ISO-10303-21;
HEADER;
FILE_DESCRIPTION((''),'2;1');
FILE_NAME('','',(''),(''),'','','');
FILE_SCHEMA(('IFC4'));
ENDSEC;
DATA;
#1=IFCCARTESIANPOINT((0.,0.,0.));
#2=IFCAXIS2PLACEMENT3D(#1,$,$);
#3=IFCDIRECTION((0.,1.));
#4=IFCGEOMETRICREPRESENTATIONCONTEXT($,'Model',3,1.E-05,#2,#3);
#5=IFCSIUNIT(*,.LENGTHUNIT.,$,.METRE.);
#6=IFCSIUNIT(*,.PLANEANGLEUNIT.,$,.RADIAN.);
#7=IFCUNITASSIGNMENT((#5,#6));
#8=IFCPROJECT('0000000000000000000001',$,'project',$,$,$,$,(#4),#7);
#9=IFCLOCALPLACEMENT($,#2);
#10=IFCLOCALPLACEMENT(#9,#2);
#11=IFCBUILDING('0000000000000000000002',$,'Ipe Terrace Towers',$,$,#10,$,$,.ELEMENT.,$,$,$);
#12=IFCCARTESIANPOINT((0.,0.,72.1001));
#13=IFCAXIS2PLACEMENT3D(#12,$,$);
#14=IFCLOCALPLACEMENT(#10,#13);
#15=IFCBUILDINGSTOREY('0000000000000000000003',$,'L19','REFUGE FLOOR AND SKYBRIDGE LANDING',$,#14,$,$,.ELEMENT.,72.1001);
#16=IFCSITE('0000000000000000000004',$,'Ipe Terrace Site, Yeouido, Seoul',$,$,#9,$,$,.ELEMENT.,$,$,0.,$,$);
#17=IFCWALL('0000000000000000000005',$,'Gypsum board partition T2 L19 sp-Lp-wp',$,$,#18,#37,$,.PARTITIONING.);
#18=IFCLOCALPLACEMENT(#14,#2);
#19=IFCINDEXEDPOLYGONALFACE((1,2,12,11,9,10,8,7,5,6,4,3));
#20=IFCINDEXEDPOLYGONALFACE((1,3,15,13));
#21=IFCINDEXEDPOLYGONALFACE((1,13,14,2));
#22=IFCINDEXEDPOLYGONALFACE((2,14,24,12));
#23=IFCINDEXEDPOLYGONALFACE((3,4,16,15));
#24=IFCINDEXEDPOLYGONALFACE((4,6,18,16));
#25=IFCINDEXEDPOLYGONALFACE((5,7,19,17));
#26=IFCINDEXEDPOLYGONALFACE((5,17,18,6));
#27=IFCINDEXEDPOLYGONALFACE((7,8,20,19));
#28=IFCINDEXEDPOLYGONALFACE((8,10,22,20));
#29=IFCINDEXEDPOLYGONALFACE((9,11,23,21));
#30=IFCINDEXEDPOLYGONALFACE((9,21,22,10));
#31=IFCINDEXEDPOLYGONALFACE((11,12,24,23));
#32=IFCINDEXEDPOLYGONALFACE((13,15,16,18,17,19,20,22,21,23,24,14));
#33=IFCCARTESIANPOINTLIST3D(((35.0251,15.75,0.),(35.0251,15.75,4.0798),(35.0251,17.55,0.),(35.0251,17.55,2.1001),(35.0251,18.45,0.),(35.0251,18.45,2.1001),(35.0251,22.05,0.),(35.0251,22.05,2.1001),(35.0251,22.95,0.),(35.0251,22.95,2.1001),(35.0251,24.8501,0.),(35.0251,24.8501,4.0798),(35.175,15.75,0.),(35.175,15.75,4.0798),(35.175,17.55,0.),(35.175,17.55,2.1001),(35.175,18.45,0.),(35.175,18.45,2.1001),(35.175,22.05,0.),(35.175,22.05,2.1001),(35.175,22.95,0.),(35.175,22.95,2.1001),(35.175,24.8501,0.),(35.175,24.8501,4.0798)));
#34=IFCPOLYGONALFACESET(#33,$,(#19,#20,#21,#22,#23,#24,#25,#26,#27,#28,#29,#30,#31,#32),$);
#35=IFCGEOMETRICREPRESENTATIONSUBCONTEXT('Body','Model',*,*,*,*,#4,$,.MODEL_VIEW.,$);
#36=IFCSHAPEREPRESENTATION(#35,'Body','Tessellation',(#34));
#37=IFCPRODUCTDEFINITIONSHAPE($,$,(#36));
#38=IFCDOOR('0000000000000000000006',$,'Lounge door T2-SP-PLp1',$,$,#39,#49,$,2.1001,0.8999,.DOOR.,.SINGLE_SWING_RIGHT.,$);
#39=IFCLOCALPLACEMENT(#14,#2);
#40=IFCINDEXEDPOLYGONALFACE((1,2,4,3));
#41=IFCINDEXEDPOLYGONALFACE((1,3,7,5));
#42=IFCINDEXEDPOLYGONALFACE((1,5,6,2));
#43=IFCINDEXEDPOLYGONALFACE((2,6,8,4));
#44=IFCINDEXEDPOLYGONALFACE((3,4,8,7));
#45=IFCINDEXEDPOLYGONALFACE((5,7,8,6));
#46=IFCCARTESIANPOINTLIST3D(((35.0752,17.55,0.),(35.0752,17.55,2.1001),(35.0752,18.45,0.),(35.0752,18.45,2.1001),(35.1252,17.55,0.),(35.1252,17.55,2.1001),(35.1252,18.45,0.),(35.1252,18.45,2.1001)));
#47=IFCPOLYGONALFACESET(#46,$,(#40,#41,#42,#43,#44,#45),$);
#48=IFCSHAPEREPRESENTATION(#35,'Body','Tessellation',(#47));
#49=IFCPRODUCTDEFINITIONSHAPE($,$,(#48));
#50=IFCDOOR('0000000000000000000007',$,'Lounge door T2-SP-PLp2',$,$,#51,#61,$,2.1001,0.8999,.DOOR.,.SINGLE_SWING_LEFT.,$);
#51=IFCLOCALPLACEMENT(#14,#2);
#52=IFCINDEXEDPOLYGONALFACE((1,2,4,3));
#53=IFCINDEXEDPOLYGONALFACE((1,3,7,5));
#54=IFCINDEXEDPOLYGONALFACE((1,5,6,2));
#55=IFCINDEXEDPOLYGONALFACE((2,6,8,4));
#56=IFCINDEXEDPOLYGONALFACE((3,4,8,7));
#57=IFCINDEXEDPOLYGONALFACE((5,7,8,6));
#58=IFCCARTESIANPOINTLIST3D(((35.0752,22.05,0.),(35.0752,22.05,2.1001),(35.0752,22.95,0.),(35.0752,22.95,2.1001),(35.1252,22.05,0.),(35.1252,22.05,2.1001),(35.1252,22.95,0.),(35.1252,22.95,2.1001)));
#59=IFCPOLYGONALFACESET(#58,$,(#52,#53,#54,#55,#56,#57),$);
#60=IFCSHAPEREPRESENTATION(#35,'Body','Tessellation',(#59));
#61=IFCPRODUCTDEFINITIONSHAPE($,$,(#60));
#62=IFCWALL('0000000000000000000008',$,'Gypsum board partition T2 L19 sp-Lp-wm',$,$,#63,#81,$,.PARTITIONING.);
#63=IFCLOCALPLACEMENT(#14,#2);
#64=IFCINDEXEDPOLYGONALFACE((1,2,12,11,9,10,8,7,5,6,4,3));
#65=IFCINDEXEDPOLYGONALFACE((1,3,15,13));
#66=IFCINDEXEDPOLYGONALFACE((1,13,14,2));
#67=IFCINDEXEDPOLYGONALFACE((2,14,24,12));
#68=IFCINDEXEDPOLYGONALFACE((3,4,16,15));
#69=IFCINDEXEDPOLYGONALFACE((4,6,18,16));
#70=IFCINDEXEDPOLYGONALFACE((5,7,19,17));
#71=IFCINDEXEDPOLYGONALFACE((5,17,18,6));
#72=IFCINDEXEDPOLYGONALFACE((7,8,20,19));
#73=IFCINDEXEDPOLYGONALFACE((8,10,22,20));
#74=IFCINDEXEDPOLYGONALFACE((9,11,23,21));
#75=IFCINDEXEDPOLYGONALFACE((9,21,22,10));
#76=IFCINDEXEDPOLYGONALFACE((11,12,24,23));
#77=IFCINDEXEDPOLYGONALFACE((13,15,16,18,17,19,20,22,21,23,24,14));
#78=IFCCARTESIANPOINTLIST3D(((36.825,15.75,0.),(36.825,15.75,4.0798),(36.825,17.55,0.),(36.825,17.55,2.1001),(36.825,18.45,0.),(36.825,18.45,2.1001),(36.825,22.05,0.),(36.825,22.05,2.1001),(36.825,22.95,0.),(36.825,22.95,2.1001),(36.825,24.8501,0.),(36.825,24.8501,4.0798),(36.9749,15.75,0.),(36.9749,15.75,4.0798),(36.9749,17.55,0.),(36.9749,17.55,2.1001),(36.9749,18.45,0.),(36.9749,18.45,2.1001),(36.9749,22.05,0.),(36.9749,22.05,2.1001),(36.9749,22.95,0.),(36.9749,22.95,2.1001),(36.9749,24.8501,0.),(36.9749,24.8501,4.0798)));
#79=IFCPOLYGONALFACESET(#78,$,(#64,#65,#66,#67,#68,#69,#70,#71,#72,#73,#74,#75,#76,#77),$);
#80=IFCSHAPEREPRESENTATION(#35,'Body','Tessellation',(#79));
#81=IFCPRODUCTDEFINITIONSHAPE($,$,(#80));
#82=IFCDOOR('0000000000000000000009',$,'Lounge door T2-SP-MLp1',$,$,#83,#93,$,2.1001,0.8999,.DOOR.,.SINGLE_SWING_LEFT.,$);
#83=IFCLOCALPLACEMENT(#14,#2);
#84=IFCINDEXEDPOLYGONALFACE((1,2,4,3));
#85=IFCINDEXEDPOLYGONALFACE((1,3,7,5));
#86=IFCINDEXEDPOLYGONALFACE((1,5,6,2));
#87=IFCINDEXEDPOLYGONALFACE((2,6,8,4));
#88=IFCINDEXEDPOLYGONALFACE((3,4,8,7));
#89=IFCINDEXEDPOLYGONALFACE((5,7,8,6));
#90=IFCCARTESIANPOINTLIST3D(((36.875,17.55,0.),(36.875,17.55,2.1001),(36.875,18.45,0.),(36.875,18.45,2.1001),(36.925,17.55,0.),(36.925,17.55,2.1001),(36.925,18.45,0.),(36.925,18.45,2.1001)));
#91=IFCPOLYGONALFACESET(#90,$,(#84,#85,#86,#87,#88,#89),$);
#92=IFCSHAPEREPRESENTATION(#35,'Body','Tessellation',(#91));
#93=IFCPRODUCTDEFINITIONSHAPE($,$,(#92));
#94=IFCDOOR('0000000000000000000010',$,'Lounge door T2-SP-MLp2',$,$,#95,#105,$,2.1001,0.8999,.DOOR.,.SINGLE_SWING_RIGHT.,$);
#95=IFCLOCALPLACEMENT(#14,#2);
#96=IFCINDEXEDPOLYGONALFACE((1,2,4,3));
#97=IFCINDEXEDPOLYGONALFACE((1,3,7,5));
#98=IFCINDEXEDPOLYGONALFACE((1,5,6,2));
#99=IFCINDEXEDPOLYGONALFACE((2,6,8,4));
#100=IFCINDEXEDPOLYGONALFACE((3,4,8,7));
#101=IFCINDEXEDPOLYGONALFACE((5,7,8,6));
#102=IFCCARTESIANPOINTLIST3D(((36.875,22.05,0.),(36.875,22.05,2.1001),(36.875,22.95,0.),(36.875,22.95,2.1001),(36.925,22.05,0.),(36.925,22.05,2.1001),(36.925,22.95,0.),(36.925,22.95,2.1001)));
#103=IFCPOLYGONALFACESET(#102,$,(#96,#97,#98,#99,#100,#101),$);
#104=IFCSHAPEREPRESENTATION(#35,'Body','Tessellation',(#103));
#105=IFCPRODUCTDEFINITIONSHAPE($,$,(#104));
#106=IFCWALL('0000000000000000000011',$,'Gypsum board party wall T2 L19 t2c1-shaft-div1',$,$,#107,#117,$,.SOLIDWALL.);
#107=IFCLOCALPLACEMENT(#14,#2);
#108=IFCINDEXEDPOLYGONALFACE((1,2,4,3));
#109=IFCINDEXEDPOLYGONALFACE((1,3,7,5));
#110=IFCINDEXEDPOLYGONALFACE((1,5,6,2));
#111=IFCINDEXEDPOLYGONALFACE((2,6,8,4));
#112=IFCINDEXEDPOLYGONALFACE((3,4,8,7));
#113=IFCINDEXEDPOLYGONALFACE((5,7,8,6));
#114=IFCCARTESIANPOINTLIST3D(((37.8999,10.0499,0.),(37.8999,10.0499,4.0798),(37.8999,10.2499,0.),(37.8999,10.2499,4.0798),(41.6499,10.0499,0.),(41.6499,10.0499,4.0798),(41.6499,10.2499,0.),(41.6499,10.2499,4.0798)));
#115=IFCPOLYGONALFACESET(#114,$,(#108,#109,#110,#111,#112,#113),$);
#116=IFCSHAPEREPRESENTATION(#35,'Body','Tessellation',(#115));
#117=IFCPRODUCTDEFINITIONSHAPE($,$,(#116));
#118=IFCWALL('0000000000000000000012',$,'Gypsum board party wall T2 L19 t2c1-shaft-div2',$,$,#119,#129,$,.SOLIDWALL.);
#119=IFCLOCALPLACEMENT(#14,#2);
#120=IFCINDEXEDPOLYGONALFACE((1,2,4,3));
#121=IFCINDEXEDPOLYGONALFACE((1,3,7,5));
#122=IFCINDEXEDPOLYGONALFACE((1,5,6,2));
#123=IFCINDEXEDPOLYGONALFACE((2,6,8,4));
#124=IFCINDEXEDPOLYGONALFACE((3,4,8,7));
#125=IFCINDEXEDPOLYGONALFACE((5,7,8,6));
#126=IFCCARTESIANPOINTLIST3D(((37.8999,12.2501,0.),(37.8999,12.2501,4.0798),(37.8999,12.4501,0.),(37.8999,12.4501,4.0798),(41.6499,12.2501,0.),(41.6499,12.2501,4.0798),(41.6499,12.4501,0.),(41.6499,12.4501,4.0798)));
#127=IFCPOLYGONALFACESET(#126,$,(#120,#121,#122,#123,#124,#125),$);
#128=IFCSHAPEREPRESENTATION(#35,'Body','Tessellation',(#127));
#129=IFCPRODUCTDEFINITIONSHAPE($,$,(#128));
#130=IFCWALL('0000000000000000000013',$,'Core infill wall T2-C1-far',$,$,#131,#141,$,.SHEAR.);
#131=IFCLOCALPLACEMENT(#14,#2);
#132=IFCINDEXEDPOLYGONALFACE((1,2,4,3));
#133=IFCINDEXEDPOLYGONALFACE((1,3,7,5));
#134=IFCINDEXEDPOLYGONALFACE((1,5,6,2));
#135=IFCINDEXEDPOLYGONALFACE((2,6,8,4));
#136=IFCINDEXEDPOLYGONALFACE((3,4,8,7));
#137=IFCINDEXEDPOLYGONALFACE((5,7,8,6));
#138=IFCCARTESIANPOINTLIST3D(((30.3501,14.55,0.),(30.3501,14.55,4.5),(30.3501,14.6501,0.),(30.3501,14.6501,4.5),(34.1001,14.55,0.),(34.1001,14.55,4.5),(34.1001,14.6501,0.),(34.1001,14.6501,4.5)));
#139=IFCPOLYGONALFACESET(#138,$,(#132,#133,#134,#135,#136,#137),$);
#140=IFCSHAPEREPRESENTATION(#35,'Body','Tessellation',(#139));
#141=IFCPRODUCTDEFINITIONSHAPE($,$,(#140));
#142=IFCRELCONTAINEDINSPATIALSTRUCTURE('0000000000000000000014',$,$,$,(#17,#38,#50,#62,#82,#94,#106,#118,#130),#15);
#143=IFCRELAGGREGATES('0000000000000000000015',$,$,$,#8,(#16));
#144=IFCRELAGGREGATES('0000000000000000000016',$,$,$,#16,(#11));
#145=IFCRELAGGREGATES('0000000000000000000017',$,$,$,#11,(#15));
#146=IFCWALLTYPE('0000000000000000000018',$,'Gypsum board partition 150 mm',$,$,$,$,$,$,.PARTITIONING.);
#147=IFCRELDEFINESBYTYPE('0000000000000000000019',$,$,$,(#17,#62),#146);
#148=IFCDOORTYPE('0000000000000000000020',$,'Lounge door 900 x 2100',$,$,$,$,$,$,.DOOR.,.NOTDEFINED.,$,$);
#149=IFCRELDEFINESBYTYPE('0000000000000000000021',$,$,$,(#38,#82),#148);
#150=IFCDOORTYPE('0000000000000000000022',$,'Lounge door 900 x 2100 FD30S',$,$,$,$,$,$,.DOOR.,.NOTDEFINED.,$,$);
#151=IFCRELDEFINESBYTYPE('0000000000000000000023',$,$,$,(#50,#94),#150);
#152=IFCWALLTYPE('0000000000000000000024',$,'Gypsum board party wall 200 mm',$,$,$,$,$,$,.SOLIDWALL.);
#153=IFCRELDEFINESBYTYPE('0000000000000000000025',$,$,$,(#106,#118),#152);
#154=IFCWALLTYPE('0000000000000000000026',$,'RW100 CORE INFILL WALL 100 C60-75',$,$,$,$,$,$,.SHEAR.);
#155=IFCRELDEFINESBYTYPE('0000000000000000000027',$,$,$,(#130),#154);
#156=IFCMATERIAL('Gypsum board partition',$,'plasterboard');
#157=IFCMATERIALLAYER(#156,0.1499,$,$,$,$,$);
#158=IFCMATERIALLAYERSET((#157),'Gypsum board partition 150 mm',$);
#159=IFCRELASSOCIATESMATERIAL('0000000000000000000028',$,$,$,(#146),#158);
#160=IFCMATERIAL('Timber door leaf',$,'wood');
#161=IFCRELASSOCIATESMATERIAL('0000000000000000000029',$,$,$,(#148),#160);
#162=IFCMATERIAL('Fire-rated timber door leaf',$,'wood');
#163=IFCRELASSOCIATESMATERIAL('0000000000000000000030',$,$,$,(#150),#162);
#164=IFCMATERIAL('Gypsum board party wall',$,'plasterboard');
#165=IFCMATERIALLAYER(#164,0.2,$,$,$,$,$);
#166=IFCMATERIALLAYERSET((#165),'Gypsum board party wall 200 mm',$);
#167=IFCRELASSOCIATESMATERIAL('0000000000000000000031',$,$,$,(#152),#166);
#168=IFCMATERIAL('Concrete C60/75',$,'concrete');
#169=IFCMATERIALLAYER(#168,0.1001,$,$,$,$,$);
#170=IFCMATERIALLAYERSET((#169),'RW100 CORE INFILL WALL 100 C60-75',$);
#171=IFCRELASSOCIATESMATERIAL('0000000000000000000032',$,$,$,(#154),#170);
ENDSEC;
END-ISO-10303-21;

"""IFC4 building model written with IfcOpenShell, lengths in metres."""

from ifc_helpers import new_model, si_unit, direction, frame, frame_2d, origin, place, context, subcontext, project, spatial, rectangle, extrude, material, layer, layer_set, type_object, element, fill, save


model = new_model("IFC4")

# Units and contexts
model_context = context("Model", 3, precision=1e-05, world=origin(), true_north=direction((0.0, 1.0)))
body_context = subcontext(model_context, "Body", "Model", "MODEL_VIEW")
ifc_project = project(units=[si_unit("LENGTHUNIT", "METRE"), si_unit("PLANEANGLEUNIT", "RADIAN")], contexts=[model_context])

# Site, building, storey
site_placement = place(None, origin())
site = spatial("IfcSite", under=ifc_project, at=site_placement, Name="Ipe Terrace Site, Yeouido, Seoul", CompositionType="ELEMENT", RefElevation=0.0)
building_placement = place(site_placement, origin())
building = spatial("IfcBuilding", under=site, at=building_placement, Name="Ipe Terrace Towers", CompositionType="ELEMENT")
storey_placement = place(building_placement, frame((0.0, 0.0, 72.1001)))
storey = spatial("IfcBuildingStorey", under=building, at=storey_placement, Name="L19", Description="REFUGE FLOOR AND SKYBRIDGE LANDING", CompositionType="ELEMENT", Elevation=72.1001)

# Shared definitions
ifc_material_1 = material(Name="Gypsum board partition", Category="plasterboard")
ifc_layer_1 = layer(ifc_material_1, 0.1499)
ifc_layer_set_1 = layer_set([ifc_layer_1], Name="Gypsum board partition 150 mm")
wall_type_1 = type_object("IfcWallType", Name="Gypsum board partition 150 mm", PredefinedType="PARTITIONING", material=ifc_layer_set_1)

# Walls, openings, doors
wall_1_placement = place(storey_placement, frame((35.1001, 15.75, 0.0), z_axis=(0.0, 0.0, 1.0), x_axis=(0.0, 1.0, 0.0)))
wall_1 = element("IfcWall", 1, at=wall_1_placement, inside=storey, type_object=wall_type_1, Name="Gypsum board partition T2 L19 sp-Lp-wp", PredefinedType="PARTITIONING", context=body_context, shape_type="SweptSolid", body=[
    extrude(rectangle(XDim=9.1001, YDim=0.1499, at=frame_2d((4.55, 0.0))), origin(), (0.0, 0.0, 1.0), 4.0798),
])
opening_1_placement = place(wall_1_placement, frame((1.8, 0.0, 0.0)))
opening_1 = element("IfcOpeningElement", 2, at=opening_1_placement, cuts=wall_1, PredefinedType="OPENING", context=body_context, shape_type="SweptSolid", body=[
    extrude(rectangle(XDim=0.8999, YDim=2.1001, at=frame_2d((0.45, 1.05))), frame((0.0, 0.085, 0.0), z_axis=(0.0, -1.0, 0.0), x_axis=(1.0, 0.0, 0.0)), (0.0, 0.0, 1.0), 0.1699),
])
opening_2_placement = place(wall_1_placement, frame((6.3, 0.0, 0.0)))
opening_2 = element("IfcOpeningElement", 3, at=opening_2_placement, cuts=wall_1, PredefinedType="OPENING", context=body_context, shape_type="SweptSolid", body=[
    extrude(rectangle(XDim=0.8999, YDim=2.1001, at=frame_2d((0.45, 1.05))), frame((0.0, 0.085, 0.0), z_axis=(0.0, -1.0, 0.0), x_axis=(1.0, 0.0, 0.0)), (0.0, 0.0, 1.0), 0.1699),
])
ifc_material_2 = material(Name="Timber door leaf", Category="wood")
door_type_1 = type_object("IfcDoorType", Name="Lounge door 900 x 2100", OperationType="NOTDEFINED", PredefinedType="DOOR", material=ifc_material_2)
door_1_placement = place(opening_1_placement, origin())
door_1 = element("IfcDoor", 4, at=door_1_placement, inside=storey, type_object=door_type_1, Name="Lounge door T2-SP-PLp1", OperationType="SINGLE_SWING_RIGHT", OverallHeight=2.1001, OverallWidth=0.8999, PredefinedType="DOOR", context=body_context, shape_type="SweptSolid", body=[
    extrude(rectangle(XDim=0.8999, YDim=2.1001, at=frame_2d((0.45, 1.05))), frame((0.0, 0.0249, 0.0), z_axis=(0.0, -1.0, 0.0), x_axis=(1.0, 0.0, 0.0)), (0.0, 0.0, 1.0), 0.05),
])
fill(opening_1, door_1)
ifc_material_3 = material(Name="Fire-rated timber door leaf", Category="wood")
door_type_2 = type_object("IfcDoorType", Name="Lounge door 900 x 2100 FD30S", OperationType="NOTDEFINED", PredefinedType="DOOR", material=ifc_material_3)
door_2_placement = place(opening_2_placement, origin())
door_2 = element("IfcDoor", 5, at=door_2_placement, inside=storey, type_object=door_type_2, Name="Lounge door T2-SP-PLp2", OperationType="SINGLE_SWING_LEFT", OverallHeight=2.1001, OverallWidth=0.8999, PredefinedType="DOOR", context=body_context, shape_type="SweptSolid", body=[
    extrude(rectangle(XDim=0.8999, YDim=2.1001, at=frame_2d((0.45, 1.05))), frame((0.0, 0.0249, 0.0), z_axis=(0.0, -1.0, 0.0), x_axis=(1.0, 0.0, 0.0)), (0.0, 0.0, 1.0), 0.05),
])
fill(opening_2, door_2)
wall_2_placement = place(storey_placement, frame((36.8999, 15.75, 0.0), z_axis=(0.0, 0.0, 1.0), x_axis=(0.0, 1.0, 0.0)))
wall_2 = element("IfcWall", 6, at=wall_2_placement, inside=storey, type_object=wall_type_1, Name="Gypsum board partition T2 L19 sp-Lp-wm", PredefinedType="PARTITIONING", context=body_context, shape_type="SweptSolid", body=[
    extrude(rectangle(XDim=9.1001, YDim=0.1499, at=frame_2d((4.55, 0.0))), origin(), (0.0, 0.0, 1.0), 4.0798),
])
opening_3_placement = place(wall_2_placement, frame((1.8, 0.0, 0.0)))
opening_3 = element("IfcOpeningElement", 7, at=opening_3_placement, cuts=wall_2, PredefinedType="OPENING", context=body_context, shape_type="SweptSolid", body=[
    extrude(rectangle(XDim=0.8999, YDim=2.1001, at=frame_2d((0.45, 1.05))), frame((0.0, 0.085, 0.0), z_axis=(0.0, -1.0, 0.0), x_axis=(1.0, 0.0, 0.0)), (0.0, 0.0, 1.0), 0.1699),
])
opening_4_placement = place(wall_2_placement, frame((6.3, 0.0, 0.0)))
opening_4 = element("IfcOpeningElement", 8, at=opening_4_placement, cuts=wall_2, PredefinedType="OPENING", context=body_context, shape_type="SweptSolid", body=[
    extrude(rectangle(XDim=0.8999, YDim=2.1001, at=frame_2d((0.45, 1.05))), frame((0.0, 0.085, 0.0), z_axis=(0.0, -1.0, 0.0), x_axis=(1.0, 0.0, 0.0)), (0.0, 0.0, 1.0), 0.1699),
])
door_3_placement = place(opening_3_placement, origin())
door_3 = element("IfcDoor", 9, at=door_3_placement, inside=storey, type_object=door_type_1, Name="Lounge door T2-SP-MLp1", OperationType="SINGLE_SWING_LEFT", OverallHeight=2.1001, OverallWidth=0.8999, PredefinedType="DOOR", context=body_context, shape_type="SweptSolid", body=[
    extrude(rectangle(XDim=0.8999, YDim=2.1001, at=frame_2d((0.45, 1.05))), frame((0.0, 0.0249, 0.0), z_axis=(0.0, -1.0, 0.0), x_axis=(1.0, 0.0, 0.0)), (0.0, 0.0, 1.0), 0.05),
])
fill(opening_3, door_3)
door_4_placement = place(opening_4_placement, origin())
door_4 = element("IfcDoor", 10, at=door_4_placement, inside=storey, type_object=door_type_2, Name="Lounge door T2-SP-MLp2", OperationType="SINGLE_SWING_RIGHT", OverallHeight=2.1001, OverallWidth=0.8999, PredefinedType="DOOR", context=body_context, shape_type="SweptSolid", body=[
    extrude(rectangle(XDim=0.8999, YDim=2.1001, at=frame_2d((0.45, 1.05))), frame((0.0, 0.0249, 0.0), z_axis=(0.0, -1.0, 0.0), x_axis=(1.0, 0.0, 0.0)), (0.0, 0.0, 1.0), 0.05),
])
fill(opening_4, door_4)

# Walls
ifc_material_4 = material(Name="Gypsum board party wall", Category="plasterboard")
ifc_layer_2 = layer(ifc_material_4, 0.2)
ifc_layer_set_2 = layer_set([ifc_layer_2], Name="Gypsum board party wall 200 mm")
wall_type_2 = type_object("IfcWallType", Name="Gypsum board party wall 200 mm", PredefinedType="SOLIDWALL", material=ifc_layer_set_2)
for number, where, z_axis, x_axis, name in (
    (11, (41.6499, 10.1499, 0.0), (0.0, 0.0, 1.0), (-1.0, 0.0, 0.0), "Gypsum board party wall T2 L19 t2c1-shaft-div1"),
    (12, (41.6499, 12.3501, 0.0), (0.0, 0.0, 1.0), (-1.0, 0.0, 0.0), "Gypsum board party wall T2 L19 t2c1-shaft-div2"),
):
    element("IfcWall", number, at=place(storey_placement, frame(where, z_axis=z_axis, x_axis=x_axis)), inside=storey, type_object=wall_type_2, Name=name, PredefinedType="SOLIDWALL", context=body_context, shape_type="SweptSolid", body=[
        extrude(rectangle(XDim=3.75, YDim=0.2, at=frame_2d((1.875, 0.0))), origin(), (0.0, 0.0, 1.0), 4.0798),
    ])
ifc_material_5 = material(Name="Concrete C60/75", Category="concrete")
ifc_layer_3 = layer(ifc_material_5, 0.1001)
ifc_layer_set_3 = layer_set([ifc_layer_3], Name="RW100 CORE INFILL WALL 100 C60-75")
wall_type_3 = type_object("IfcWallType", Name="RW100 CORE INFILL WALL 100 C60-75", PredefinedType="SHEAR", material=ifc_layer_set_3)
wall_3_placement = place(storey_placement, frame((34.1001, 14.6001, 0.0), z_axis=(0.0, 0.0, 1.0), x_axis=(-1.0, 0.0, 0.0)))
element("IfcWall", 13, at=wall_3_placement, inside=storey, type_object=wall_type_3, Name="Core infill wall T2-C1-far", PredefinedType="SHEAR", context=body_context, shape_type="SweptSolid", body=[
    extrude(rectangle(XDim=3.75, YDim=0.1001, at=frame_2d((1.875, 0.0))), origin(), (0.0, 0.0, 1.0), 4.5),
])

save(model, "model.ifc")
